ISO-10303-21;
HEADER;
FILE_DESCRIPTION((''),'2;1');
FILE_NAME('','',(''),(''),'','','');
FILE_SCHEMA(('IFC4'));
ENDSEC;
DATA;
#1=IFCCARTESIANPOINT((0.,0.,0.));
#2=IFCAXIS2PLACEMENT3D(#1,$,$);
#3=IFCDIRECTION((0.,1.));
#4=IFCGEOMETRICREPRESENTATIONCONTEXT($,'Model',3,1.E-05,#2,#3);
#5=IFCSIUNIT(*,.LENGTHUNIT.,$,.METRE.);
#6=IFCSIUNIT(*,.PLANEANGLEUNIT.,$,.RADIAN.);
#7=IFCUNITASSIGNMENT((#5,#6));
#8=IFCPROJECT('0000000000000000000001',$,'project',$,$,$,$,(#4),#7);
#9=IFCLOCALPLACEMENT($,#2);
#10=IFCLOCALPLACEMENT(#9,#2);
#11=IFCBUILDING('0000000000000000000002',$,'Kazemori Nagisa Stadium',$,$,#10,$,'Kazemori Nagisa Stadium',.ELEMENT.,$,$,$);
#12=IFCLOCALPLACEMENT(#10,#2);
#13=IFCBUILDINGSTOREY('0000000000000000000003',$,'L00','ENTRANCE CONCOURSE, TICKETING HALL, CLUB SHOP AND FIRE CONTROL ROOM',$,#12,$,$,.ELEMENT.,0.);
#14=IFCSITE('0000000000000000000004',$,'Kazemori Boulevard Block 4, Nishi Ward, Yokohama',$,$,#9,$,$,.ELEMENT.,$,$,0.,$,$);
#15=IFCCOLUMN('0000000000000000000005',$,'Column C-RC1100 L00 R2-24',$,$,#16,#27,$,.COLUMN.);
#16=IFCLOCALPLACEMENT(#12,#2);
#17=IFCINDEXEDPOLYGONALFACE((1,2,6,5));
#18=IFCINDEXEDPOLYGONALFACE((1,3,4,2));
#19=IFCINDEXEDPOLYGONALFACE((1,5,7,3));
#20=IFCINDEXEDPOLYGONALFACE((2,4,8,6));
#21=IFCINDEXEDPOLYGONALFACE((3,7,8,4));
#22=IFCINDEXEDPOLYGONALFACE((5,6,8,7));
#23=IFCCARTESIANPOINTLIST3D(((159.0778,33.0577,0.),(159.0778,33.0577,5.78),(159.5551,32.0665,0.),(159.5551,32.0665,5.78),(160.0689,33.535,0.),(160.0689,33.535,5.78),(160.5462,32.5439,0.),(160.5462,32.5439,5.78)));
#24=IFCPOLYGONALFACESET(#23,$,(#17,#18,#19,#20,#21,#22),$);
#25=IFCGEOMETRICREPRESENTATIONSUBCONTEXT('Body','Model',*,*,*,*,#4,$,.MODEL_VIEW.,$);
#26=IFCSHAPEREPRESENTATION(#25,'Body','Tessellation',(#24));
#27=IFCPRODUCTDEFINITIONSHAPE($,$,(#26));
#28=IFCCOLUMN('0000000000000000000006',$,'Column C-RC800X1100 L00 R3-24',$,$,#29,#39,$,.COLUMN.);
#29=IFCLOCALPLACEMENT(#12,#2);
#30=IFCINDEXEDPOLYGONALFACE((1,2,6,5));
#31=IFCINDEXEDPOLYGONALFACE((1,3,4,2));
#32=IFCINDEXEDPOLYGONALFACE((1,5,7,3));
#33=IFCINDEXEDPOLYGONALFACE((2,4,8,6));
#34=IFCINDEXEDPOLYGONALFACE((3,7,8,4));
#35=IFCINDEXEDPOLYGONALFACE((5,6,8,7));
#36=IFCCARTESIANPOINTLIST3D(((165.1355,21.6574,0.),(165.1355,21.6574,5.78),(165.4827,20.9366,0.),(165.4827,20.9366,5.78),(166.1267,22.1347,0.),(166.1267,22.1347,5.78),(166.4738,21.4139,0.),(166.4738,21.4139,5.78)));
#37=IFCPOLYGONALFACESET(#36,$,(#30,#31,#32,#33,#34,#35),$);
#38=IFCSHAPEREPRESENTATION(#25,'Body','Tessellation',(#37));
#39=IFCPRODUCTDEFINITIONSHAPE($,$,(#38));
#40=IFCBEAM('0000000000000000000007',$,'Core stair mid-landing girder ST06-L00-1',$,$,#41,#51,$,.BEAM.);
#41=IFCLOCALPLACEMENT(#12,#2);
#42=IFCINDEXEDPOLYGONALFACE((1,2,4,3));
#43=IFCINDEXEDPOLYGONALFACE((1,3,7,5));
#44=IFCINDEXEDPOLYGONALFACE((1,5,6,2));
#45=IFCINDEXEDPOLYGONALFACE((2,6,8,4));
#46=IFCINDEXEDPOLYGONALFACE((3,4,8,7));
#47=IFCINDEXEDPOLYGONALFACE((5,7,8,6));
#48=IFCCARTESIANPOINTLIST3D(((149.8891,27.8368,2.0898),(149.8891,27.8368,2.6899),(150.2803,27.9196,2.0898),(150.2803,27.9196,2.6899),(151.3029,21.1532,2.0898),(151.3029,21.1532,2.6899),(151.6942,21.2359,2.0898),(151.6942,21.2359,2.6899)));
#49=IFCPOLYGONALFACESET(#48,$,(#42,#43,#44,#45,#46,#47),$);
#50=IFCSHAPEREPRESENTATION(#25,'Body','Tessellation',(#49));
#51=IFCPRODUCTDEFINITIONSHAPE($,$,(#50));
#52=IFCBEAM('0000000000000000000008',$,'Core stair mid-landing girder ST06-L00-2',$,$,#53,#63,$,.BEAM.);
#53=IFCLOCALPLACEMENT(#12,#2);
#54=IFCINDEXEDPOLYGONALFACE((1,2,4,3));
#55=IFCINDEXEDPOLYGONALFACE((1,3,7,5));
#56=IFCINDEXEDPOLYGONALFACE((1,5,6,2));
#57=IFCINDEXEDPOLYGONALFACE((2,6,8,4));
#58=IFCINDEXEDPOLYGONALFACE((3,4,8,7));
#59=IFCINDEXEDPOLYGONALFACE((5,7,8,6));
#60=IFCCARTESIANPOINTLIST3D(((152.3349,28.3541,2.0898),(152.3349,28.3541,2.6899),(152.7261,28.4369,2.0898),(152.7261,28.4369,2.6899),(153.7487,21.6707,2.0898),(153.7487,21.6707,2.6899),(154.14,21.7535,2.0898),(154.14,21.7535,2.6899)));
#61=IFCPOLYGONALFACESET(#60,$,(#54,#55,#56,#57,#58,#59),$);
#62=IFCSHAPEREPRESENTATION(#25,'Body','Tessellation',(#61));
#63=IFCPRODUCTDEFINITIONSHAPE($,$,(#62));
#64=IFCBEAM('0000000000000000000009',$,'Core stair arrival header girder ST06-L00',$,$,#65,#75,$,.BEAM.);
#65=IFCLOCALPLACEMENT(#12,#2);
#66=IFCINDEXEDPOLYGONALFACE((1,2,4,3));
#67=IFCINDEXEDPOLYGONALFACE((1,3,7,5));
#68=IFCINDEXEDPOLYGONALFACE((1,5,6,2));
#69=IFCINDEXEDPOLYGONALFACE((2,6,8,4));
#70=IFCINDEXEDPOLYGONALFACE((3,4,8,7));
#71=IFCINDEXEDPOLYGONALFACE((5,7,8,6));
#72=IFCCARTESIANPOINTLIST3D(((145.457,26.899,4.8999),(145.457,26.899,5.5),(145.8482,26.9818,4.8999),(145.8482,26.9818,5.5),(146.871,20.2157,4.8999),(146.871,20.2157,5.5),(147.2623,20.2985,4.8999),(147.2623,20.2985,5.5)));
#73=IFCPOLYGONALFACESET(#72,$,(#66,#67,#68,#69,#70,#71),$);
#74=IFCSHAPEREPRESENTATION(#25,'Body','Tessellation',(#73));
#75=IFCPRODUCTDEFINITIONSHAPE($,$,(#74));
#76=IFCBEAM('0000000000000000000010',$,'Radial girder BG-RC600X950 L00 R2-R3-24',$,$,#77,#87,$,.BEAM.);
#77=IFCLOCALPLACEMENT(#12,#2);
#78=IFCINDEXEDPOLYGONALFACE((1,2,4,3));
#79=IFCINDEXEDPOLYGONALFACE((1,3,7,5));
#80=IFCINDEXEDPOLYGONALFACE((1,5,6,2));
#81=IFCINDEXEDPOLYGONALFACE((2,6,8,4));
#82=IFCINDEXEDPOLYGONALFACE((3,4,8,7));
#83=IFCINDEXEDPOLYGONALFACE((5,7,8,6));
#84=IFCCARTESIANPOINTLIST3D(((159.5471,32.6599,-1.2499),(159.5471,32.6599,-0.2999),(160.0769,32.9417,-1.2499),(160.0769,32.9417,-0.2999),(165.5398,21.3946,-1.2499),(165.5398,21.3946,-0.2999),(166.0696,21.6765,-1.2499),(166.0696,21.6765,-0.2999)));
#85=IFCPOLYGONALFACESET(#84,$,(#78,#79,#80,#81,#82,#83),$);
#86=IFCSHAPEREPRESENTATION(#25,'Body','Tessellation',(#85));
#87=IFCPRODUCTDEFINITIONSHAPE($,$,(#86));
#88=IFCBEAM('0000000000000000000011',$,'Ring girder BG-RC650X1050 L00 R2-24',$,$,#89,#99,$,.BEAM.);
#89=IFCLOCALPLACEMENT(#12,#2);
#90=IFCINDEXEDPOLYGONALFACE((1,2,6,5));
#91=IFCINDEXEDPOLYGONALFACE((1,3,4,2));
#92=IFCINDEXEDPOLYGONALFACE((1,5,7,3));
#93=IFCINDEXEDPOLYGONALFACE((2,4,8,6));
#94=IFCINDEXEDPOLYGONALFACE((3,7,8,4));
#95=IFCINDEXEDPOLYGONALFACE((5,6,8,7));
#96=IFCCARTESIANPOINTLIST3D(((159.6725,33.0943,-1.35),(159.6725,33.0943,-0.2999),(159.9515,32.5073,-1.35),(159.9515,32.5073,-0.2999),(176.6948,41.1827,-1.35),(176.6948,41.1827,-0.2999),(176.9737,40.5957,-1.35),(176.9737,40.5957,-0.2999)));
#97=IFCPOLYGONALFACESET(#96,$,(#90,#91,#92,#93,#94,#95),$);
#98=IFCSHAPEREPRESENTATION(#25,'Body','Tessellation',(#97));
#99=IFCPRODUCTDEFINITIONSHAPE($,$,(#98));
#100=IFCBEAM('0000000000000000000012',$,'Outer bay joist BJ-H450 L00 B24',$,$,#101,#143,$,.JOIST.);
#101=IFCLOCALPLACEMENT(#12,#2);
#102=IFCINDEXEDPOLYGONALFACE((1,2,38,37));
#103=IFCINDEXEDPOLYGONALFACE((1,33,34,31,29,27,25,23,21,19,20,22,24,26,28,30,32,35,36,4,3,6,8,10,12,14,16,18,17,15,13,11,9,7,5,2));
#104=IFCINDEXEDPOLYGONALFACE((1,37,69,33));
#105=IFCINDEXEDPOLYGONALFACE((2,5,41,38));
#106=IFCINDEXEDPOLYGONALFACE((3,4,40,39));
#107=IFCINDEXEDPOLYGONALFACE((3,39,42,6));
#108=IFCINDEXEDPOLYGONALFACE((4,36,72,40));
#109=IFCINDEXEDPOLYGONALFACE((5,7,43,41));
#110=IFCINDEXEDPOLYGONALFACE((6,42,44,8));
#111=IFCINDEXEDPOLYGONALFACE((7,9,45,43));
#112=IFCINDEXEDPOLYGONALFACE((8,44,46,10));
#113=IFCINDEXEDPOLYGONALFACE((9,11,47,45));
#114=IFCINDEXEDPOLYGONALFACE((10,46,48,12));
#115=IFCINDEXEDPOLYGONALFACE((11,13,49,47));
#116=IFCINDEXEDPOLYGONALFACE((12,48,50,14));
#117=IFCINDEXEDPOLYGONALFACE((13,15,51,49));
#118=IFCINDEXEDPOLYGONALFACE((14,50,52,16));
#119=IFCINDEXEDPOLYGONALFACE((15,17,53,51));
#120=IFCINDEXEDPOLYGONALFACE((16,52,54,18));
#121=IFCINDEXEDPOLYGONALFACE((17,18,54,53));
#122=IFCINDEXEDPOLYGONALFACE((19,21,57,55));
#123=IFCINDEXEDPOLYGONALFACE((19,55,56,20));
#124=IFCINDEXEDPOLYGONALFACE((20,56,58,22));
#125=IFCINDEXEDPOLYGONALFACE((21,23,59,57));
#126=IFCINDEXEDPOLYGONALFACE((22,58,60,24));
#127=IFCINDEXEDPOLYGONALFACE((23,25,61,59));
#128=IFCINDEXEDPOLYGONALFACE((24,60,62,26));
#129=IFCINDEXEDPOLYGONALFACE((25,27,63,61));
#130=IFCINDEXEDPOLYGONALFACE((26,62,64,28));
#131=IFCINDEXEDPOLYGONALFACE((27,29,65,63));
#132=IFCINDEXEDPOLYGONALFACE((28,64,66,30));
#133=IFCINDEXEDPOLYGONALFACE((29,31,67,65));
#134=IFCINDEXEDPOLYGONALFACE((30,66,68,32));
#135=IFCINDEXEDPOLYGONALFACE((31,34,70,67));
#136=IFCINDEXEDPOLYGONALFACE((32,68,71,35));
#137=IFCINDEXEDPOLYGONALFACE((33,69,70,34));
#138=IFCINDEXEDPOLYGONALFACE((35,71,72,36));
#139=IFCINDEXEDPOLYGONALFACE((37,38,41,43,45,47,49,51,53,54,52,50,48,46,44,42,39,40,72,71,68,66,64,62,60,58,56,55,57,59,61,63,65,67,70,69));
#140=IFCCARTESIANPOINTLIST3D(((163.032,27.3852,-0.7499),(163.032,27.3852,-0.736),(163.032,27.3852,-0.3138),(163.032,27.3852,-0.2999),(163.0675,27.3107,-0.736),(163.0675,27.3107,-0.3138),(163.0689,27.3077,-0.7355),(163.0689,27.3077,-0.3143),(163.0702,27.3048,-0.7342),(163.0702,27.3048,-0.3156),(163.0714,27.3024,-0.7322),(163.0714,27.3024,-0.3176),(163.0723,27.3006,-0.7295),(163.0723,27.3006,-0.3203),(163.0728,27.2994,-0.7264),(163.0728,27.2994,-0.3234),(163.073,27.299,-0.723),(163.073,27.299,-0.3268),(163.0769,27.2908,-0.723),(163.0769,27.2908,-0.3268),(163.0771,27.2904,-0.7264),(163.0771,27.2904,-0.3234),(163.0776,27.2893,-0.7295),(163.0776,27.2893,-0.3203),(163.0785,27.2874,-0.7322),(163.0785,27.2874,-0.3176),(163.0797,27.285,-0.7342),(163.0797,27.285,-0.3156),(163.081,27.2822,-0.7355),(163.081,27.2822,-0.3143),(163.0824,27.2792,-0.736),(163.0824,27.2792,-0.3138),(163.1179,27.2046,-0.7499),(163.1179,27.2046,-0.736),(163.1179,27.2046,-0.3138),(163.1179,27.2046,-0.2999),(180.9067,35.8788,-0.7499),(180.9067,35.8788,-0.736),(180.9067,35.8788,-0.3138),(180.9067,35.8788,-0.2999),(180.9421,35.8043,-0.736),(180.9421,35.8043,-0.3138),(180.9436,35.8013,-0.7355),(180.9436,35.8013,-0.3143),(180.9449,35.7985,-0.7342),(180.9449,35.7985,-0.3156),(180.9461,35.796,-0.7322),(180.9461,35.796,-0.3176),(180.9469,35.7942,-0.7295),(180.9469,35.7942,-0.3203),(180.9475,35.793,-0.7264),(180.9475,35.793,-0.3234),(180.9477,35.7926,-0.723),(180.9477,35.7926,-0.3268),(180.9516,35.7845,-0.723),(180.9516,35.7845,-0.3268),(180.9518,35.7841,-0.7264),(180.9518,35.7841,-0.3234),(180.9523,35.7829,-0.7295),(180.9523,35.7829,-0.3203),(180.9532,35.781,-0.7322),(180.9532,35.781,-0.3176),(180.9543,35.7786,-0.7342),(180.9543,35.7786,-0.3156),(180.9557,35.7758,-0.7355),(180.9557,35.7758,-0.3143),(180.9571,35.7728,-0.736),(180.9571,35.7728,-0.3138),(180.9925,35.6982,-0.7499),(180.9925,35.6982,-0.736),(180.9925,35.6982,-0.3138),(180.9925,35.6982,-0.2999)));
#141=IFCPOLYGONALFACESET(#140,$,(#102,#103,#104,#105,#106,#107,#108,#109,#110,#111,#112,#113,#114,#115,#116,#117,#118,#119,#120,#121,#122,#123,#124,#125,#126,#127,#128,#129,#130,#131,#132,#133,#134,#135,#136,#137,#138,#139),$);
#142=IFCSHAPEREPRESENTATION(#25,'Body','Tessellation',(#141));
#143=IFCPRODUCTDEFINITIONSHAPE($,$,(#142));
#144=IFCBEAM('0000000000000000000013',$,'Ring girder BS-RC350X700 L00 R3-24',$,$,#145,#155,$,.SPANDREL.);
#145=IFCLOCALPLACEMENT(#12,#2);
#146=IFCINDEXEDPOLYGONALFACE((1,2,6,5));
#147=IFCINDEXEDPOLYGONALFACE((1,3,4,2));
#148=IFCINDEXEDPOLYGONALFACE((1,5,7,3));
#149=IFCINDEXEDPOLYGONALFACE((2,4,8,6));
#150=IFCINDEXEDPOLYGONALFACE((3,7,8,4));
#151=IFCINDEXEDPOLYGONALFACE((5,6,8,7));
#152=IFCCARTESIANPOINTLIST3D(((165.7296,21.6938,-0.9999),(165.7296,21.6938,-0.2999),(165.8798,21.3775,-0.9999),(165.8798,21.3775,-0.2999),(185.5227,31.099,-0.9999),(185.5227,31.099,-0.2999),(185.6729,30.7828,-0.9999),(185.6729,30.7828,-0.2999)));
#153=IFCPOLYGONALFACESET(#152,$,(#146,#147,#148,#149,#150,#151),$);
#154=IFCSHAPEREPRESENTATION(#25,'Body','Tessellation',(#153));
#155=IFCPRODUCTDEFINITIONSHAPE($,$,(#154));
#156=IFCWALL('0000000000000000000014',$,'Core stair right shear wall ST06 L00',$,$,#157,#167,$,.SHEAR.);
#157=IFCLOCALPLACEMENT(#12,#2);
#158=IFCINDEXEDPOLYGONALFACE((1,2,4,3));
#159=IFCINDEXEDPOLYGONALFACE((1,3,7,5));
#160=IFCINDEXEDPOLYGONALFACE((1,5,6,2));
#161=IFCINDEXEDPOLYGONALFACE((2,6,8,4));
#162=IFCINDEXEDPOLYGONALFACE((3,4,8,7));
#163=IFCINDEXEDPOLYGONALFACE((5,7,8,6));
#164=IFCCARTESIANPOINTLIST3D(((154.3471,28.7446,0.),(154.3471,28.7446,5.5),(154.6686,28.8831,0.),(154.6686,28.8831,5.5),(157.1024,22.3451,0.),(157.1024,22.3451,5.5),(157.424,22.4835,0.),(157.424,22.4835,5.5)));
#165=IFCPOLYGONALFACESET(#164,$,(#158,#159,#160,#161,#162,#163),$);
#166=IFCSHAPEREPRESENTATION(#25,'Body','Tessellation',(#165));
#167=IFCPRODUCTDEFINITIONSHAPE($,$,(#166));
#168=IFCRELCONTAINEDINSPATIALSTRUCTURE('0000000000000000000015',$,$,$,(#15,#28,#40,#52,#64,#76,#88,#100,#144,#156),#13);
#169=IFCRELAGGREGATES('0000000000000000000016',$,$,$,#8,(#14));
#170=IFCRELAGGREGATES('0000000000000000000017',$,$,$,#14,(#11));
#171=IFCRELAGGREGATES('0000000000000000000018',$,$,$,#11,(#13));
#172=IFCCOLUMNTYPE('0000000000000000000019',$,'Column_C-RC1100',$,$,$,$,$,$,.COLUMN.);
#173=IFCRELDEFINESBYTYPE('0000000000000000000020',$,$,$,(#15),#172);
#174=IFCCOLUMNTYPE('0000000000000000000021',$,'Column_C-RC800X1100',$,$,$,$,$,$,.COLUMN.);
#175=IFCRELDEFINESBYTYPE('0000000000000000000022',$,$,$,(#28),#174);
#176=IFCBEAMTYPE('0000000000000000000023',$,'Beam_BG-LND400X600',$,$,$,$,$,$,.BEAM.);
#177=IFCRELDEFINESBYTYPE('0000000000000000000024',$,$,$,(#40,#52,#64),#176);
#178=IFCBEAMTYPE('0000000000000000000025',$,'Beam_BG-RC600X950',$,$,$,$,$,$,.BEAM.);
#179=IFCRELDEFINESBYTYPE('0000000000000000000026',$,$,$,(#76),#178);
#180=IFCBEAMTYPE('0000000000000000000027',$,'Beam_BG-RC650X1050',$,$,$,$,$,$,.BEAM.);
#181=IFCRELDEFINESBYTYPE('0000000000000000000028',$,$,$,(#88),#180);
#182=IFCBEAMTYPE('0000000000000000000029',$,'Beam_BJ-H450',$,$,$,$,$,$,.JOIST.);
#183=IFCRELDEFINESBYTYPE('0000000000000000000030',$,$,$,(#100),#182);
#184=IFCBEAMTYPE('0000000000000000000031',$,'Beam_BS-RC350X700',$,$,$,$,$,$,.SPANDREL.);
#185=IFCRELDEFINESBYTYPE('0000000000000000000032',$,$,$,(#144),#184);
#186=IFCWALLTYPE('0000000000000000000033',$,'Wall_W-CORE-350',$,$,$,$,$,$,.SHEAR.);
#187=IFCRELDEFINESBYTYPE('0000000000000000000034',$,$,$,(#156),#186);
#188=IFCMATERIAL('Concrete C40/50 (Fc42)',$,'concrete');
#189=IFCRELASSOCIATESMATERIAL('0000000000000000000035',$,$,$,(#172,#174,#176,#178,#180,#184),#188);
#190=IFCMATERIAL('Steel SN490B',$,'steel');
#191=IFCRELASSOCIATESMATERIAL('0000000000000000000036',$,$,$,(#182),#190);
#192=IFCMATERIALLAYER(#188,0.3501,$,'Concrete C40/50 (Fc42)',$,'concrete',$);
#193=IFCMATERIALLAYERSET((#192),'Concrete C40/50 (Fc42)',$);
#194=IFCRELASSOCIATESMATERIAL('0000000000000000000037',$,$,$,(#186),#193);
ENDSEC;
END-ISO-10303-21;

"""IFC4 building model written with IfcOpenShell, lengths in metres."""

from ifc_helpers import new_model, si_unit, direction, frame, frame_2d, origin, origin_2d, place, context, subcontext, project, spatial, rectangle, i_section, extrude, material, layer, layer_set, material_profile, profile_set, type_object, element, save


model = new_model("IFC4")

# Units and contexts
model_context = context("Model", 3, precision=1e-05, world=origin(), true_north=direction((0.0, 1.0)))
body_context = subcontext(model_context, "Body", "Model", "MODEL_VIEW")
ifc_project = project(units=[si_unit("LENGTHUNIT", "METRE"), si_unit("PLANEANGLEUNIT", "RADIAN")], contexts=[model_context])

# Site, building, storey
site_placement = place(None, origin())
site = spatial("IfcSite", under=ifc_project, at=site_placement, Name="Kazemori Boulevard Block 4, Nishi Ward, Yokohama", CompositionType="ELEMENT", RefElevation=0.0)
building_placement = place(site_placement, origin())
building = spatial("IfcBuilding", under=site, at=building_placement, Name="Kazemori Nagisa Stadium", LongName="Kazemori Nagisa Stadium", CompositionType="ELEMENT")
storey_placement = place(building_placement, origin())
storey = spatial("IfcBuildingStorey", under=building, at=storey_placement, Name="L00", Description="ENTRANCE CONCOURSE, TICKETING HALL, CLUB SHOP AND FIRE CONTROL ROOM", CompositionType="ELEMENT", Elevation=0.0)

# Columns
ifc_material_1 = material(Name="Concrete C40/50 (Fc42)", Category="concrete")
ifc_material_profile_1 = material_profile(ifc_material_1, rectangle(XDim=1.1001, YDim=1.1001, at=origin_2d()), Name="RC-COL-1100x1100")
ifc_profile_set_1 = profile_set([ifc_material_profile_1], Name="Concrete C40/50 (Fc42)")
column_type_1 = type_object("IfcColumnType", Name="Column_C-RC1100", PredefinedType="COLUMN", material=ifc_profile_set_1)
column_1_placement = place(storey_placement, frame((159.812, 32.8008, 0.0), z_axis=(0.0, 0.0, 1.0), x_axis=(0.433884, -0.900969, 0.0)))
element("IfcColumn", 1, at=column_1_placement, inside=storey, type_object=column_type_1, Name="Column C-RC1100 L00 R2-24", PredefinedType="COLUMN", context=body_context, shape_type="SweptSolid", body=[
    extrude(rectangle(XDim=1.1001, YDim=1.1001, at=origin_2d()), origin(), (0.0, 0.0, 1.0), 5.78),
])
ifc_material_profile_2 = material_profile(ifc_material_1, rectangle(XDim=0.8, YDim=1.1001, at=origin_2d()), Name="RC-COL-800x1100")
ifc_profile_set_2 = profile_set([ifc_material_profile_2], Name="Concrete C40/50 (Fc42)")
column_type_2 = type_object("IfcColumnType", Name="Column_C-RC800X1100", PredefinedType="COLUMN", material=ifc_profile_set_2)
column_2_placement = place(storey_placement, frame((165.8047, 21.5356, 0.0), z_axis=(0.0, 0.0, 1.0), x_axis=(0.433884, -0.900969, 0.0)))
element("IfcColumn", 2, at=column_2_placement, inside=storey, type_object=column_type_2, Name="Column C-RC800X1100 L00 R3-24", PredefinedType="COLUMN", context=body_context, shape_type="SweptSolid", body=[
    extrude(rectangle(XDim=0.8, YDim=1.1001, at=origin_2d()), origin(), (0.0, 0.0, 1.0), 5.78),
])

# Beams
ifc_material_profile_3 = material_profile(ifc_material_1, rectangle(XDim=0.3999, YDim=0.6001, at=origin_2d()), Name="RC-BM-400x600")
ifc_profile_set_3 = profile_set([ifc_material_profile_3], Name="Concrete C40/50 (Fc42)")
beam_type_1 = type_object("IfcBeamType", Name="Beam_BG-LND400X600", PredefinedType="BEAM", material=ifc_profile_set_3)
beam_1_placement = place(storey_placement, frame((150.0847, 27.8782, 2.3899), z_axis=(0.206956, -0.97835, 0.0), x_axis=(0.97835, 0.206956, 0.0)))
element("IfcBeam", 3, at=beam_1_placement, inside=storey, type_object=beam_type_1, Name="Core stair mid-landing girder ST06-L00-1", PredefinedType="BEAM", context=body_context, shape_type="SweptSolid", body=[
    extrude(rectangle(XDim=0.3999, YDim=0.6001, at=origin_2d()), origin(), (0.0, 0.0, 1.0), 6.8315),
])
for number, where, z_axis, x_axis, name in (
    (4, (152.5305, 28.3955, 2.3899), (0.206963, -0.978349, 0.0), (0.978349, 0.206963, 0.0), "Core stair mid-landing girder ST06-L00-2"),
    (5, (145.6526, 26.9404, 5.2), (0.206997, -0.978341, 0.0), (0.978341, 0.206997, 0.0), "Core stair arrival header girder ST06-L00"),
):
    element("IfcBeam", number, at=place(storey_placement, frame(where, z_axis=z_axis, x_axis=x_axis)), inside=storey, type_object=beam_type_1, Name=name, PredefinedType="BEAM", context=body_context, shape_type="SweptSolid", body=[
        extrude(rectangle(XDim=0.3999, YDim=0.6001, at=origin_2d()), origin(), (0.0, 0.0, 1.0), 6.8313),
    ])
ifc_material_profile_4 = material_profile(ifc_material_1, rectangle(XDim=0.6001, YDim=0.95, at=origin_2d()), Name="RC-BM-600x950")
ifc_profile_set_4 = profile_set([ifc_material_profile_4], Name="Concrete C40/50 (Fc42)")
beam_type_2 = type_object("IfcBeamType", Name="Beam_BG-RC600X950", PredefinedType="BEAM", material=ifc_profile_set_4)
beam_2_placement = place(storey_placement, frame((159.812, 32.8008, -0.7749), z_axis=(0.469649, -0.882853, 0.0), x_axis=(0.882853, 0.469649, 0.0)))
element("IfcBeam", 6, at=beam_2_placement, inside=storey, type_object=beam_type_2, Name="Radial girder BG-RC600X950 L00 R2-R3-24", PredefinedType="BEAM", context=body_context, shape_type="SweptSolid", body=[
    extrude(rectangle(XDim=0.6001, YDim=0.95, at=origin_2d()), origin(), (0.0, 0.0, 1.0), 12.76),
])
ifc_material_profile_5 = material_profile(ifc_material_1, rectangle(XDim=0.6499, YDim=1.05, at=origin_2d()), Name="RC-BM-650x1050")
ifc_profile_set_5 = profile_set([ifc_material_profile_5], Name="Concrete C40/50 (Fc42)")
beam_type_3 = type_object("IfcBeamType", Name="Beam_BG-RC650X1050", PredefinedType="BEAM", material=ifc_profile_set_5)
beam_3_placement = place(storey_placement, frame((159.812, 32.8008, -0.825), z_axis=(0.903219, 0.429179, 0.0), x_axis=(-0.429179, 0.903219, 0.0)))
element("IfcBeam", 7, at=beam_3_placement, inside=storey, type_object=beam_type_3, Name="Ring girder BG-RC650X1050 L00 R2-24", PredefinedType="BEAM", context=body_context, shape_type="SweptSolid", body=[
    extrude(rectangle(XDim=0.6499, YDim=1.05, at=origin_2d()), origin(), (0.0, 0.0, 1.0), 18.8462),
])
ifc_material_2 = material(Name="Steel SN490B", Category="steel")
ifc_material_profile_6 = material_profile(ifc_material_2, i_section(OverallWidth=0.2, OverallDepth=0.45, WebThickness=0.009, FlangeThickness=0.0139, FilletRadius=0.0129, at=origin_2d()), Name="H-450x200x9x14")
ifc_profile_set_6 = profile_set([ifc_material_profile_6], Name="Steel SN490B")
beam_type_4 = type_object("IfcBeamType", Name="Beam_BJ-H450", PredefinedType="JOIST", material=ifc_profile_set_6)
beam_4_placement = place(storey_placement, frame((163.075, 27.2949, -0.5249), z_axis=(0.903216, 0.429186, 0.0), x_axis=(-0.429186, 0.903216, 0.0)))
element("IfcBeam", 8, at=beam_4_placement, inside=storey, type_object=beam_type_4, Name="Outer bay joist BJ-H450 L00 B24", PredefinedType="JOIST", context=body_context, shape_type="SweptSolid", body=[
    extrude(i_section(OverallWidth=0.2, OverallDepth=0.45, WebThickness=0.009, FlangeThickness=0.0139, FilletRadius=0.0129, at=origin_2d()), origin(), (0.0, 0.0, 1.0), 19.79),
])
ifc_material_profile_7 = material_profile(ifc_material_1, rectangle(XDim=0.3501, YDim=0.7, at=origin_2d()), Name="RC-SP-350x700")
ifc_profile_set_7 = profile_set([ifc_material_profile_7], Name="Concrete C40/50 (Fc42)")
beam_type_5 = type_object("IfcBeamType", Name="Beam_BS-RC350X700", PredefinedType="SPANDREL", material=ifc_profile_set_7)
beam_5_placement = place(storey_placement, frame((165.8047, 21.5356, -0.6499), z_axis=(0.903216, 0.429187, 0.0), x_axis=(-0.429187, 0.903216, 0.0)))
element("IfcBeam", 9, at=beam_5_placement, inside=storey, type_object=beam_type_5, Name="Ring girder BS-RC350X700 L00 R3-24", PredefinedType="SPANDREL", context=body_context, shape_type="SweptSolid", body=[
    extrude(rectangle(XDim=0.3501, YDim=0.7, at=origin_2d()), origin(), (0.0, 0.0, 1.0), 21.9141),
])

# Wall
ifc_layer_1 = layer(ifc_material_1, 0.3501, Name="Concrete C40/50 (Fc42)", Category="concrete")
ifc_layer_set_1 = layer_set([ifc_layer_1], Name="Concrete C40/50 (Fc42)")
wall_type_1 = type_object("IfcWallType", Name="Wall_W-CORE-350", PredefinedType="SHEAR", material=ifc_layer_set_1)
wall_1_placement = place(storey_placement, frame((154.5078, 28.814, 0.0), z_axis=(0.0, 0.0, 1.0), x_axis=(0.395454, -0.918486, 0.0)))
element("IfcWall", 10, at=wall_1_placement, inside=storey, type_object=wall_type_1, Name="Core stair right shear wall ST06 L00", PredefinedType="SHEAR", context=body_context, shape_type="SweptSolid", body=[
    extrude(rectangle(XDim=6.9675, YDim=0.3501, at=frame_2d((3.4839, 0.0))), origin(), (0.0, 0.0, 1.0), 5.5),
])

save(model, "model.ifc")
